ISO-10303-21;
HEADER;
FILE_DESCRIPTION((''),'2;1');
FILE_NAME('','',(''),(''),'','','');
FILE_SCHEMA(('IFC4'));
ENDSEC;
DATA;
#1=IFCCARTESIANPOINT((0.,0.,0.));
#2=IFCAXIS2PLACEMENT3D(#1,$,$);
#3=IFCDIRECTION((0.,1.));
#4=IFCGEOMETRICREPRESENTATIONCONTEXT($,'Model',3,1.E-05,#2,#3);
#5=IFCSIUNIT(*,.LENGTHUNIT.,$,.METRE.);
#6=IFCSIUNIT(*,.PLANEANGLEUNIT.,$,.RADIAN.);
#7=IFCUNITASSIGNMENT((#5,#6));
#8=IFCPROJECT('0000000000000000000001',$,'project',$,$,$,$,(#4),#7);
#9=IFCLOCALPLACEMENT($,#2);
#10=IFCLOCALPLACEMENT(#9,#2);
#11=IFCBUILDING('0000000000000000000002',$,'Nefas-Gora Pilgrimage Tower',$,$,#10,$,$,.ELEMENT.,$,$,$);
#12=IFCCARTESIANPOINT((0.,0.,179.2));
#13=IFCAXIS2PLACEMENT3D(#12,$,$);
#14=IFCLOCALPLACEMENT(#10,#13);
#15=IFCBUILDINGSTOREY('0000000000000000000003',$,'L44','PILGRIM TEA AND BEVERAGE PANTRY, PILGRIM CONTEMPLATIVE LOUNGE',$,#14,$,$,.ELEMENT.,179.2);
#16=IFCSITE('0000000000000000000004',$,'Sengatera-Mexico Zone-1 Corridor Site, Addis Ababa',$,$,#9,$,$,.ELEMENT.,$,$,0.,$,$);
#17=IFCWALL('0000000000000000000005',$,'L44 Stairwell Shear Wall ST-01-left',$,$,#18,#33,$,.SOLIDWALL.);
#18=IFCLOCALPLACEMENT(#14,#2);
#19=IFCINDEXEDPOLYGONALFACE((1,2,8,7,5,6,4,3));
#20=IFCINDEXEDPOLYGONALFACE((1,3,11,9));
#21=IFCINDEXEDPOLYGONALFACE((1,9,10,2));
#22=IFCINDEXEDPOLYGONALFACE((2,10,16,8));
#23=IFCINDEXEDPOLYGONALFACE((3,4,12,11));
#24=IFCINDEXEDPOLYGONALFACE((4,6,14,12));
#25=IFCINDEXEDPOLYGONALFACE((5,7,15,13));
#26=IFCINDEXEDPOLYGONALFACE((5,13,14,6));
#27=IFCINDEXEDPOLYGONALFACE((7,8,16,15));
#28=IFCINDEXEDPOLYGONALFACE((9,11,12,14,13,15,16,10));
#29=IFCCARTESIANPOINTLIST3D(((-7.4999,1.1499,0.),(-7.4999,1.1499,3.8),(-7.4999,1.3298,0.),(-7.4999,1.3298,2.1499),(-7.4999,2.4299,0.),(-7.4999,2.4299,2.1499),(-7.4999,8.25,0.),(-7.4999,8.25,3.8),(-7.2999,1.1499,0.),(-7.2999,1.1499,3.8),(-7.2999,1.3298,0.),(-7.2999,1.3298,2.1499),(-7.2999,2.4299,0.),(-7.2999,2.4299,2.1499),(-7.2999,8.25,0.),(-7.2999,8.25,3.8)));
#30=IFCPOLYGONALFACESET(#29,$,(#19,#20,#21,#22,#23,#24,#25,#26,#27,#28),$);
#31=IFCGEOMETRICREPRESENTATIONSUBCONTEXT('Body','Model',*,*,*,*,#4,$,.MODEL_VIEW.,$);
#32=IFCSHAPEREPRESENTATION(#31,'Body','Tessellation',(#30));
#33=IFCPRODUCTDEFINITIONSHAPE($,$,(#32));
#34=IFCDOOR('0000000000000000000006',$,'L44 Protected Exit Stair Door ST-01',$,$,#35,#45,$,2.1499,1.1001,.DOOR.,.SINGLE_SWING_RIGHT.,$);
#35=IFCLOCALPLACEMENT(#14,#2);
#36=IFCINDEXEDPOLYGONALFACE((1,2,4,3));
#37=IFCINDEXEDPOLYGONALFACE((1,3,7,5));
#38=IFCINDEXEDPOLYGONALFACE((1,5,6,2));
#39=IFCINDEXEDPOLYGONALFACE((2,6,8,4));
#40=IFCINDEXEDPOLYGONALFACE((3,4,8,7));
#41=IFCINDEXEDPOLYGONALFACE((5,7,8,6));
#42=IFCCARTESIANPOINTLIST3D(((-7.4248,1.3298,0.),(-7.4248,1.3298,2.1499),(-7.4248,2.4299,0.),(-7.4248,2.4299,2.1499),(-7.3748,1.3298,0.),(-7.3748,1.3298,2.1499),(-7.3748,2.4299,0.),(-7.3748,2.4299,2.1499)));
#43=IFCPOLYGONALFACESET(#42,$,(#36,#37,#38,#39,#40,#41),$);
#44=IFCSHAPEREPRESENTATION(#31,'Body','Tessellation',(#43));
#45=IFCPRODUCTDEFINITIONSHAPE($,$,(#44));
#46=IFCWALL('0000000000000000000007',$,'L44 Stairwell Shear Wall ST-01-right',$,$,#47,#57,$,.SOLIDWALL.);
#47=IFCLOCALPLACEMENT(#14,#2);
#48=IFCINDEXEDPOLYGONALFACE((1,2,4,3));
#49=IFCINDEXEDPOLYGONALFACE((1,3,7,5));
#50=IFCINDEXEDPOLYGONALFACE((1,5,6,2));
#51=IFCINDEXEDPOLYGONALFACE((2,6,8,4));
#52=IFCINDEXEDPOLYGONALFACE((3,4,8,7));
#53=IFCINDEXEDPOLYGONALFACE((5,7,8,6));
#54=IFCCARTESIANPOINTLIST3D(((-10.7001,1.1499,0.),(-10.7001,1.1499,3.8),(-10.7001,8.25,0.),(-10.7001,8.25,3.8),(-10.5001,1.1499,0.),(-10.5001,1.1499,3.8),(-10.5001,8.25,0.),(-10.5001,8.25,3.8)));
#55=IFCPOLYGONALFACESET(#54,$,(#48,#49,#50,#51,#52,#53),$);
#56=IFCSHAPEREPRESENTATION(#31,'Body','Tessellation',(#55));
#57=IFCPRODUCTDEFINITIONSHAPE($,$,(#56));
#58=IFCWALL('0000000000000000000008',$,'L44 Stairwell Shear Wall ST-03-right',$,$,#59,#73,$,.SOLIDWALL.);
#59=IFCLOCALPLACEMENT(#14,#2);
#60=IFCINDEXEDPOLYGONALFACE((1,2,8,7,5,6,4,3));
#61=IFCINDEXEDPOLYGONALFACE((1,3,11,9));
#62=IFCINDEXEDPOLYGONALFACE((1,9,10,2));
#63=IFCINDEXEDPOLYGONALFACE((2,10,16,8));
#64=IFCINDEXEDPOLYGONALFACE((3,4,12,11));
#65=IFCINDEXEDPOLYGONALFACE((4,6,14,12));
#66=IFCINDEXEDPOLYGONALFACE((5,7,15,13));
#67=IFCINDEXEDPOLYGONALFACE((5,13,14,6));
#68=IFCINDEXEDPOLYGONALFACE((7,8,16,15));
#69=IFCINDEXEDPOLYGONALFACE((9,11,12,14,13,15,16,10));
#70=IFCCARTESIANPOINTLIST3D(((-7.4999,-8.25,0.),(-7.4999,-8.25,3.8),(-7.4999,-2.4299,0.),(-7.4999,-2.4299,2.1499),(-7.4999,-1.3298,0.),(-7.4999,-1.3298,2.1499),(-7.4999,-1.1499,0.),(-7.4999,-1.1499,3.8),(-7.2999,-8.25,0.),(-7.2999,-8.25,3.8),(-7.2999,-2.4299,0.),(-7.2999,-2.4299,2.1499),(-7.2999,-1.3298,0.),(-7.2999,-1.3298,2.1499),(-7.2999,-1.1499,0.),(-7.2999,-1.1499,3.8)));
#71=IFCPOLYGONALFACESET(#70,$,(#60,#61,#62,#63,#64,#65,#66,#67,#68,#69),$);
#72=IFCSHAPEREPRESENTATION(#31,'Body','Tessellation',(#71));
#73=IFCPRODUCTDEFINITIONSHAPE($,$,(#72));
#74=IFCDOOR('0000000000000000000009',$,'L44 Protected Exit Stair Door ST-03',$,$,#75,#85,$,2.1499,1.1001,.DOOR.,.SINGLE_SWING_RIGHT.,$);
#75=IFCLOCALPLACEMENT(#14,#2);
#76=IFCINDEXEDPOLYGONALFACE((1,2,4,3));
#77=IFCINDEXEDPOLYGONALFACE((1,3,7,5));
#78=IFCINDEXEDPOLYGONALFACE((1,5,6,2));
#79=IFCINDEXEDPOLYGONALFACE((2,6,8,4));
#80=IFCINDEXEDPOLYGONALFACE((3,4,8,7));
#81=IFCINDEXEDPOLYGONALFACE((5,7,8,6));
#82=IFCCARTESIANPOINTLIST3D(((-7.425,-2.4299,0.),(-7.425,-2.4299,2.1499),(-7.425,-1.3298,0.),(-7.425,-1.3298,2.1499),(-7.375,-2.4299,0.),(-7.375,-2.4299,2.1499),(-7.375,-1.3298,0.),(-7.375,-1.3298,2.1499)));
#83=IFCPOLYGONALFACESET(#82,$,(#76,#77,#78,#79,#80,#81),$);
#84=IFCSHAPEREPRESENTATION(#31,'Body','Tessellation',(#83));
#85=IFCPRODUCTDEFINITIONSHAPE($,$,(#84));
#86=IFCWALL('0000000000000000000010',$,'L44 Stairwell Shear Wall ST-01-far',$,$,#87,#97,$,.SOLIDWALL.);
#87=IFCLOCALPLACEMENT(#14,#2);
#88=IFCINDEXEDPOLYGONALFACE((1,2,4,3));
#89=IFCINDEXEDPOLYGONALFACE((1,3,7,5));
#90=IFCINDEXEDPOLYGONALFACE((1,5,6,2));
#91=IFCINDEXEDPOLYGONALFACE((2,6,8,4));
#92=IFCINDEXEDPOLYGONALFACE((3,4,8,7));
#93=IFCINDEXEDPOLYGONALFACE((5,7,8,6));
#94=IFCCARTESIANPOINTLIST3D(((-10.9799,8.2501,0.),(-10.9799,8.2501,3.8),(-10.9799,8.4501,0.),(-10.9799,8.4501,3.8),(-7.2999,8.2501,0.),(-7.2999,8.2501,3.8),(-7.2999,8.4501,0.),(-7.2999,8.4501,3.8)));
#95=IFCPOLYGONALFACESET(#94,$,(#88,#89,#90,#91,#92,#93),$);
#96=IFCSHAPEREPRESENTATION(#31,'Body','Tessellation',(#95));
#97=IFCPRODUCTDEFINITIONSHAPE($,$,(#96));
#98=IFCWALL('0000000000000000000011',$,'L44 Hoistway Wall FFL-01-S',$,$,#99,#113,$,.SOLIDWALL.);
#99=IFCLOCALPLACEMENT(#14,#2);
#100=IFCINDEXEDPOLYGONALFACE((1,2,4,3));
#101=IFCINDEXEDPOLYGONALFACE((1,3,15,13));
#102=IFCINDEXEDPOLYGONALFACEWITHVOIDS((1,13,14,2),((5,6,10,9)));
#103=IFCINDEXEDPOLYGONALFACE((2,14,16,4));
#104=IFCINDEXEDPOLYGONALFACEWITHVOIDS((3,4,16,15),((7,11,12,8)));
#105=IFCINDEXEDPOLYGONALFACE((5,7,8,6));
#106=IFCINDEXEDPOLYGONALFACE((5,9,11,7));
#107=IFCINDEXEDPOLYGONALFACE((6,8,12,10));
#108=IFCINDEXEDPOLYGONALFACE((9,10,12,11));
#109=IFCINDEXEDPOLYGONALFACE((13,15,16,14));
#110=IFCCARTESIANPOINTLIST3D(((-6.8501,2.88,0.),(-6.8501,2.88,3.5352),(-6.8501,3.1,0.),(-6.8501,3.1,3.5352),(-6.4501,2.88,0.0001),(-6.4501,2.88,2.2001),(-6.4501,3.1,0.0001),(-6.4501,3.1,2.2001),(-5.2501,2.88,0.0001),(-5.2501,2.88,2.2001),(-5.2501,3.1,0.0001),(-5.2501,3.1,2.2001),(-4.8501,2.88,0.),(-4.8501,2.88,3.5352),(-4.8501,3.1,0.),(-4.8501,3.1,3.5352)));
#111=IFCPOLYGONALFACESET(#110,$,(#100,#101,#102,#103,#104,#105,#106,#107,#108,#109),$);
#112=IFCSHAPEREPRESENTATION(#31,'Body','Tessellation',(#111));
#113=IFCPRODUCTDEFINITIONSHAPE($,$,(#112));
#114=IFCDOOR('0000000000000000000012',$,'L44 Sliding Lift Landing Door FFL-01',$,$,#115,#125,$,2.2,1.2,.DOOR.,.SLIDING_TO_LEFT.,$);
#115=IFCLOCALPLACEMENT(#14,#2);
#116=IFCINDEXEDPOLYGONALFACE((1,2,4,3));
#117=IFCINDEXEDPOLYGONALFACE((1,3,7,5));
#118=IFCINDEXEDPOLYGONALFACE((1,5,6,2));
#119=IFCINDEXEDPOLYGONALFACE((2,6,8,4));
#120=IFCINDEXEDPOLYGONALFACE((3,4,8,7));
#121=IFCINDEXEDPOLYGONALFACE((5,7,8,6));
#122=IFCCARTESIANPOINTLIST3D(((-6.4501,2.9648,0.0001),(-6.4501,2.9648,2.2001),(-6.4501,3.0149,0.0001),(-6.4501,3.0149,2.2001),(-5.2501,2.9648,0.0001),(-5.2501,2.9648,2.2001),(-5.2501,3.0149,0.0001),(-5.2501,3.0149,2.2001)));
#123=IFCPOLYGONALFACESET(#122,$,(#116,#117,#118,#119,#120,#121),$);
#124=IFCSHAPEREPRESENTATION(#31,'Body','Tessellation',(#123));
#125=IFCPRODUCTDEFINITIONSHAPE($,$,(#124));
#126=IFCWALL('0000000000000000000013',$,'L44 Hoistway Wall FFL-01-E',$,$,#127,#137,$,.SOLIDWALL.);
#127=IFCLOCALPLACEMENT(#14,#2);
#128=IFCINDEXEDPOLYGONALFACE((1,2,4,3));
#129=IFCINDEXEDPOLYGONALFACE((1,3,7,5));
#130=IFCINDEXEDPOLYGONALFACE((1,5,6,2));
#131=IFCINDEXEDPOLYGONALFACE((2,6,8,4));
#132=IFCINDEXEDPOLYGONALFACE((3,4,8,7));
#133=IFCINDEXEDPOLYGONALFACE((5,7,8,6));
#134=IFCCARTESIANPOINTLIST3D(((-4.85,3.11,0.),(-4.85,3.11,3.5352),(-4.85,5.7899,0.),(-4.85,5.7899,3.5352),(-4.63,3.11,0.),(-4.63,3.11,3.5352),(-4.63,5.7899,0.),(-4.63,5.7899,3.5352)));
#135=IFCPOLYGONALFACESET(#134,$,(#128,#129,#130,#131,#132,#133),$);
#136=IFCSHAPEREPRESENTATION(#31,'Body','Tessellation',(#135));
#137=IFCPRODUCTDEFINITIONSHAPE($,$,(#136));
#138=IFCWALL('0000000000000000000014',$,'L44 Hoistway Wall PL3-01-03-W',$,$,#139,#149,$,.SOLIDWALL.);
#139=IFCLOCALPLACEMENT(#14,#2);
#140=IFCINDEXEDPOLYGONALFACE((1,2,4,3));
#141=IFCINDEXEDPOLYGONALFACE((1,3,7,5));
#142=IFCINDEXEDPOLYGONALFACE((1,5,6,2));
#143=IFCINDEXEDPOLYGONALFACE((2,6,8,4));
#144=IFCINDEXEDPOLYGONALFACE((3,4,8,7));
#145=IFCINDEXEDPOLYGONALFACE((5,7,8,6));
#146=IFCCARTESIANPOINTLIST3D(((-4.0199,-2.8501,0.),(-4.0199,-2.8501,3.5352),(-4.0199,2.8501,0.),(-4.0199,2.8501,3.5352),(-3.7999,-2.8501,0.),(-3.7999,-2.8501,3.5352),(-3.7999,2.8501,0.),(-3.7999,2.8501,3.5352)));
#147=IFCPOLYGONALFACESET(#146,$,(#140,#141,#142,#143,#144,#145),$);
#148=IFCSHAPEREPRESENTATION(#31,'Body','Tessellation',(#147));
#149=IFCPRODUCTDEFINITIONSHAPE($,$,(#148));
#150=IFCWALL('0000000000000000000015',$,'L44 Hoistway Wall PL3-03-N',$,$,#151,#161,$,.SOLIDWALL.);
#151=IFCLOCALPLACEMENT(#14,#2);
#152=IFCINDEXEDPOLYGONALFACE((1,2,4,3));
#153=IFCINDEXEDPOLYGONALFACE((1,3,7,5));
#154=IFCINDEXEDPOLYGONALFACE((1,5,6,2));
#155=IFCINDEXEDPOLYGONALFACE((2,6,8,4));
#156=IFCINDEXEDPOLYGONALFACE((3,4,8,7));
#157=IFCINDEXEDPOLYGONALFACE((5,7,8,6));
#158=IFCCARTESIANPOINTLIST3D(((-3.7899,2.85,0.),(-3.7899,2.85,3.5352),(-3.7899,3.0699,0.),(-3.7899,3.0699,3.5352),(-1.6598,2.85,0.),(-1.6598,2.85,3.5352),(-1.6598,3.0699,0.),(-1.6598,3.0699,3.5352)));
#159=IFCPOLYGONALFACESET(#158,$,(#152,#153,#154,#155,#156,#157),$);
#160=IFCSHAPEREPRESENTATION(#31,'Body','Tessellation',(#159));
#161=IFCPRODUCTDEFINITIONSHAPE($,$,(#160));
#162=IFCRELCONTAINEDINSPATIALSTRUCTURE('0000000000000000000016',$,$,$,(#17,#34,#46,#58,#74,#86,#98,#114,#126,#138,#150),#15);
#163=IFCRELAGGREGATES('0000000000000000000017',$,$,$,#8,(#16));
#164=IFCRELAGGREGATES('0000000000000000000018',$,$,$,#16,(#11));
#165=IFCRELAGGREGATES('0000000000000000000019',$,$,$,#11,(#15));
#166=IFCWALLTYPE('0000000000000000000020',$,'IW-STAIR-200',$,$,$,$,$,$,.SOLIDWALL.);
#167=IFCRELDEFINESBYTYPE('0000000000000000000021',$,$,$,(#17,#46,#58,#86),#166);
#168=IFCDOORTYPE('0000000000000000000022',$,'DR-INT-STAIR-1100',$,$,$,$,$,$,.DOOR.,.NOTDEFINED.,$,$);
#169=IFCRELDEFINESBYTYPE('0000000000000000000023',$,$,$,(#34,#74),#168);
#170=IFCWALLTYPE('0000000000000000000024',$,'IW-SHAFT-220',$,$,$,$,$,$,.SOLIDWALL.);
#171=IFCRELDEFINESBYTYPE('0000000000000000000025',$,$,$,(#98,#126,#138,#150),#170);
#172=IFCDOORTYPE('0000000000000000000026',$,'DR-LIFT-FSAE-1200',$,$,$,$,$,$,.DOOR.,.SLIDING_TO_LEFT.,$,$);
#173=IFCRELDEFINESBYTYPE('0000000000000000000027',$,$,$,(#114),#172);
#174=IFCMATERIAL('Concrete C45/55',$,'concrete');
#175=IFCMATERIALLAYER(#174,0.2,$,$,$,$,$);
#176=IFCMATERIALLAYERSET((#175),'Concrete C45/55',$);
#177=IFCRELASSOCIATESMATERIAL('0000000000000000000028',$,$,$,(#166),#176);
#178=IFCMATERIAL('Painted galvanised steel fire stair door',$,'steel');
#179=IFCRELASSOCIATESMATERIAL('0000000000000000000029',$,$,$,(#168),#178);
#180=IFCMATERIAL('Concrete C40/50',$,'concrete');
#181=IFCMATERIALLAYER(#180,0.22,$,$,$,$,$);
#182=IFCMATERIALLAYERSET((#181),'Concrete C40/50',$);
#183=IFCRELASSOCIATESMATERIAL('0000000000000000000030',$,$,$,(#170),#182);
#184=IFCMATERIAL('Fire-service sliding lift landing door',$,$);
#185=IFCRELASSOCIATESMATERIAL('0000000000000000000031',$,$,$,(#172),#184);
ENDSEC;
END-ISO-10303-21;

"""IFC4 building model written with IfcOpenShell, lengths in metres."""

from ifc_helpers import new_model, si_unit, direction, frame, frame_2d, origin, place, context, subcontext, project, spatial, rectangle, extrude, source, transform, mapped, material, layer, layer_set, type_object, element, fill, save


model = new_model("IFC4")

# Units and contexts
model_context = context("Model", 3, precision=1e-05, world=origin(), true_north=direction((0.0, 1.0)))
body_context = subcontext(model_context, "Body", "Model", "MODEL_VIEW")
ifc_project = project(units=[si_unit("LENGTHUNIT", "METRE"), si_unit("PLANEANGLEUNIT", "RADIAN")], contexts=[model_context])

# Site, building, storey
site_placement = place(None, origin())
site = spatial("IfcSite", under=ifc_project, at=site_placement, Name="Sengatera-Mexico Zone-1 Corridor Site, Addis Ababa", CompositionType="ELEMENT", RefElevation=0.0)
building_placement = place(site_placement, origin())
building = spatial("IfcBuilding", under=site, at=building_placement, Name="Nefas-Gora Pilgrimage Tower", CompositionType="ELEMENT")
storey_placement = place(building_placement, frame((0.0, 0.0, 179.2)))
storey = spatial("IfcBuildingStorey", under=building, at=storey_placement, Name="L44", Description="PILGRIM TEA AND BEVERAGE PANTRY, PILGRIM CONTEMPLATIVE LOUNGE", CompositionType="ELEMENT", Elevation=179.2)

# Shared definitions
ifc_material_1 = material(Name="Concrete C45/55", Category="concrete")
ifc_layer_1 = layer(ifc_material_1, 0.2)
ifc_layer_set_1 = layer_set([ifc_layer_1], Name="Concrete C45/55")
wall_type_1 = type_object("IfcWallType", Name="IW-STAIR-200", PredefinedType="SOLIDWALL", material=ifc_layer_set_1)

# Wall, opening, door
shared_shape_1 = source(origin(), body_context, "Body", "SweptSolid", [
    extrude(rectangle(XDim=7.1001, YDim=0.2, at=frame_2d((3.55, 0.0))), origin(), (0.0, 0.0, 1.0), 3.8),
])
wall_1_placement = place(storey_placement, frame((-7.3999, 1.1499, 0.0), z_axis=(0.0, 0.0, 1.0), x_axis=(0.0, 1.0, 0.0)))
wall_1 = element("IfcWall", 1, at=wall_1_placement, inside=storey, type_object=wall_type_1, Name="L44 Stairwell Shear Wall ST-01-left", PredefinedType="SOLIDWALL", context=body_context, shape_type="MappedRepresentation", body=[
    mapped(shared_shape_1, transform((0.0, 0.0, 0.0), x_axis=(1.0, 0.0, 0.0), y_axis=(0.0, 1.0, 0.0), z_axis=(0.0, 0.0, 1.0), scale=1.0)),
])
opening_1_placement = place(wall_1_placement, frame((0.1799, 0.0, 0.0)))
opening_1 = element("IfcOpeningElement", 2, at=opening_1_placement, cuts=wall_1, PredefinedType="OPENING", context=body_context, shape_type="SweptSolid", body=[
    extrude(rectangle(XDim=1.1001, YDim=2.1499, at=frame_2d((0.55, 1.075))), frame((0.0, 0.1099, 0.0), z_axis=(0.0, -1.0, 0.0), x_axis=(1.0, 0.0, 0.0)), (0.0, 0.0, 1.0), 0.22),
])
ifc_material_2 = material(Name="Painted galvanised steel fire stair door", Category="steel")
door_type_1 = type_object("IfcDoorType", Name="DR-INT-STAIR-1100", OperationType="NOTDEFINED", PredefinedType="DOOR", material=ifc_material_2)
shared_shape_2 = source(origin(), body_context, "Body", "SweptSolid", [
    extrude(rectangle(XDim=1.1001, YDim=2.1499, at=frame_2d((0.55, 1.075))), frame((0.0, 0.0249, 0.0), z_axis=(0.0, -1.0, 0.0), x_axis=(1.0, 0.0, 0.0)), (0.0, 0.0, 1.0), 0.05),
])
door_1_placement = place(opening_1_placement, origin())
door_1 = element("IfcDoor", 3, at=door_1_placement, inside=storey, type_object=door_type_1, Name="L44 Protected Exit Stair Door ST-01", OperationType="SINGLE_SWING_RIGHT", OverallHeight=2.1499, OverallWidth=1.1001, PredefinedType="DOOR", context=body_context, shape_type="MappedRepresentation", body=[
    mapped(shared_shape_2, transform((0.0, 0.0, 0.0), x_axis=(1.0, 0.0, 0.0), y_axis=(0.0, 1.0, 0.0), z_axis=(0.0, 0.0, 1.0), scale=1.0)),
])
fill(opening_1, door_1)

# Wall
wall_2_placement = place(storey_placement, frame((-10.6001, 1.1499, 0.0), z_axis=(0.0, 0.0, 1.0), x_axis=(0.0, 1.0, 0.0)))
element("IfcWall", 4, at=wall_2_placement, inside=storey, type_object=wall_type_1, Name="L44 Stairwell Shear Wall ST-01-right", PredefinedType="SOLIDWALL", context=body_context, shape_type="MappedRepresentation", body=[
    mapped(shared_shape_1, transform((0.0, 0.0, 0.0), x_axis=(1.0, 0.0, 0.0), y_axis=(0.0, 1.0, 0.0), z_axis=(0.0, 0.0, 1.0), scale=1.0)),
])

# Wall, opening, door
wall_3_placement = place(storey_placement, frame((-7.3999, -1.1499, 0.0), z_axis=(0.0, 0.0, 1.0), x_axis=(0.0, -1.0, 0.0)))
wall_3 = element("IfcWall", 5, at=wall_3_placement, inside=storey, type_object=wall_type_1, Name="L44 Stairwell Shear Wall ST-03-right", PredefinedType="SOLIDWALL", context=body_context, shape_type="MappedRepresentation", body=[
    mapped(shared_shape_1, transform((0.0, 0.0, 0.0), x_axis=(1.0, 0.0, 0.0), y_axis=(0.0, 1.0, 0.0), z_axis=(0.0, 0.0, 1.0), scale=1.0)),
])
opening_2_placement = place(wall_3_placement, frame((0.1799, 0.0, 0.0)))
opening_2 = element("IfcOpeningElement", 6, at=opening_2_placement, cuts=wall_3, PredefinedType="OPENING", context=body_context, shape_type="SweptSolid", body=[
    extrude(rectangle(XDim=1.1001, YDim=2.1499, at=frame_2d((0.55, 1.075))), frame((0.0, 0.1099, 0.0), z_axis=(0.0, -1.0, 0.0), x_axis=(1.0, 0.0, 0.0)), (0.0, 0.0, 1.0), 0.22),
])
door_2_placement = place(opening_2_placement, origin())
door_2 = element("IfcDoor", 7, at=door_2_placement, inside=storey, type_object=door_type_1, Name="L44 Protected Exit Stair Door ST-03", OperationType="SINGLE_SWING_RIGHT", OverallHeight=2.1499, OverallWidth=1.1001, PredefinedType="DOOR", context=body_context, shape_type="MappedRepresentation", body=[
    mapped(shared_shape_2, transform((0.0, 0.0, 0.0), x_axis=(1.0, 0.0, 0.0), y_axis=(0.0, 1.0, 0.0), z_axis=(0.0, 0.0, 1.0), scale=1.0)),
])
fill(opening_2, door_2)

# Wall
shared_shape_3 = source(origin(), body_context, "Body", "SweptSolid", [
    extrude(rectangle(XDim=3.6799, YDim=0.2, at=frame_2d((1.8398, 0.0))), origin(), (0.0, 0.0, 1.0), 3.8),
])
wall_4_placement = place(storey_placement, frame((-7.3, 8.3501, 0.0), z_axis=(0.0, 0.0, 1.0), x_axis=(-1.0, 0.0, 0.0)))
element("IfcWall", 8, at=wall_4_placement, inside=storey, type_object=wall_type_1, Name="L44 Stairwell Shear Wall ST-01-far", PredefinedType="SOLIDWALL", context=body_context, shape_type="MappedRepresentation", body=[
    mapped(shared_shape_3, transform((0.0, 0.0, 0.0), x_axis=(1.0, 0.0, 0.0), y_axis=(0.0, 1.0, 0.0), z_axis=(0.0, 0.0, 1.0), scale=1.0)),
])

# Wall, opening, door
ifc_material_3 = material(Name="Concrete C40/50", Category="concrete")
ifc_layer_2 = layer(ifc_material_3, 0.22)
ifc_layer_set_2 = layer_set([ifc_layer_2], Name="Concrete C40/50")
wall_type_2 = type_object("IfcWallType", Name="IW-SHAFT-220", PredefinedType="SOLIDWALL", material=ifc_layer_set_2)
shared_shape_4 = source(origin(), body_context, "Body", "SweptSolid", [
    extrude(rectangle(XDim=2.0, YDim=0.22, at=frame_2d((1.0, 0.0))), origin(), (0.0, 0.0, 1.0), 3.5352),
])
wall_5_placement = place(storey_placement, frame((-6.8501, 2.99, 0.0), z_axis=(0.0, 0.0, 1.0), x_axis=(1.0, 0.0, 0.0)))
wall_5 = element("IfcWall", 9, at=wall_5_placement, inside=storey, type_object=wall_type_2, Name="L44 Hoistway Wall FFL-01-S", PredefinedType="SOLIDWALL", context=body_context, shape_type="MappedRepresentation", body=[
    mapped(shared_shape_4, transform((0.0, 0.0, 0.0), x_axis=(1.0, 0.0, 0.0), y_axis=(0.0, 1.0, 0.0), z_axis=(0.0, 0.0, 1.0), scale=1.0)),
])
opening_3_placement = place(wall_5_placement, frame((0.3999, 0.0, 0.0)))
opening_3 = element("IfcOpeningElement", 10, at=opening_3_placement, cuts=wall_5, PredefinedType="OPENING", context=body_context, shape_type="SweptSolid", body=[
    extrude(rectangle(XDim=1.2, YDim=2.2, at=frame_2d((0.6001, 1.1001))), frame((0.0, 0.1199, 0.0), z_axis=(0.0, -1.0, 0.0), x_axis=(1.0, 0.0, 0.0)), (0.0, 0.0, 1.0), 0.24),
])
ifc_material_4 = material(Name="Fire-service sliding lift landing door")
door_type_2 = type_object("IfcDoorType", Name="DR-LIFT-FSAE-1200", OperationType="SLIDING_TO_LEFT", PredefinedType="DOOR", material=ifc_material_4)
shared_shape_5 = source(origin(), body_context, "Body", "SweptSolid", [
    extrude(rectangle(XDim=1.2, YDim=2.2, at=frame_2d((0.6001, 1.1001))), frame((0.0, 0.0249, 0.0), z_axis=(0.0, -1.0, 0.0), x_axis=(1.0, 0.0, 0.0)), (0.0, 0.0, 1.0), 0.05),
])
door_3_placement = place(opening_3_placement, origin())
door_3 = element("IfcDoor", 11, at=door_3_placement, inside=storey, type_object=door_type_2, Name="L44 Sliding Lift Landing Door FFL-01", OperationType="SLIDING_TO_LEFT", OverallHeight=2.2, OverallWidth=1.2, PredefinedType="DOOR", context=body_context, shape_type="MappedRepresentation", body=[
    mapped(shared_shape_5, transform((0.0, 0.0, 0.0), x_axis=(1.0, 0.0, 0.0), y_axis=(0.0, 1.0, 0.0), z_axis=(0.0, 0.0, 1.0), scale=1.0)),
])
fill(opening_3, door_3)

# Walls
shared_shape_6 = source(origin(), body_context, "Body", "SweptSolid", [
    extrude(rectangle(XDim=2.6799, YDim=0.22, at=frame_2d((1.3398, 0.0))), origin(), (0.0, 0.0, 1.0), 3.5352),
])
wall_6_placement = place(storey_placement, frame((-4.74, 3.1101, 0.0), z_axis=(0.0, 0.0, 1.0), x_axis=(0.0, 1.0, 0.0)))
element("IfcWall", 12, at=wall_6_placement, inside=storey, type_object=wall_type_2, Name="L44 Hoistway Wall FFL-01-E", PredefinedType="SOLIDWALL", context=body_context, shape_type="MappedRepresentation", body=[
    mapped(shared_shape_6, transform((0.0, 0.0, 0.0), x_axis=(1.0, 0.0, 0.0), y_axis=(0.0, 1.0, 0.0), z_axis=(0.0, 0.0, 1.0), scale=1.0)),
])
shared_shape_7 = source(origin(), body_context, "Body", "SweptSolid", [
    extrude(rectangle(XDim=5.7002, YDim=0.22, at=frame_2d((2.8501, 0.0))), origin(), (0.0, 0.0, 1.0), 3.5352),
])
wall_7_placement = place(storey_placement, frame((-3.9099, 2.8501, 0.0), z_axis=(0.0, 0.0, 1.0), x_axis=(0.0, -1.0, 0.0)))
element("IfcWall", 13, at=wall_7_placement, inside=storey, type_object=wall_type_2, Name="L44 Hoistway Wall PL3-01-03-W", PredefinedType="SOLIDWALL", context=body_context, shape_type="MappedRepresentation", body=[
    mapped(shared_shape_7, transform((0.0, 0.0, 0.0), x_axis=(1.0, 0.0, 0.0), y_axis=(0.0, 1.0, 0.0), z_axis=(0.0, 0.0, 1.0), scale=1.0)),
])
shared_shape_8 = source(origin(), body_context, "Body", "SweptSolid", [
    extrude(rectangle(XDim=2.1301, YDim=0.22, at=frame_2d((1.0649, 0.0))), origin(), (0.0, 0.0, 1.0), 3.5352),
])
wall_8_placement = place(storey_placement, frame((-1.6599, 2.96, 0.0), z_axis=(0.0, 0.0, 1.0), x_axis=(-1.0, 0.0, 0.0)))
element("IfcWall", 14, at=wall_8_placement, inside=storey, type_object=wall_type_2, Name="L44 Hoistway Wall PL3-03-N", PredefinedType="SOLIDWALL", context=body_context, shape_type="MappedRepresentation", body=[
    mapped(shared_shape_8, transform((0.0, 0.0, 0.0), x_axis=(1.0, 0.0, 0.0), y_axis=(0.0, 1.0, 0.0), z_axis=(0.0, 0.0, 1.0), scale=1.0)),
])

save(model, "model.ifc")
